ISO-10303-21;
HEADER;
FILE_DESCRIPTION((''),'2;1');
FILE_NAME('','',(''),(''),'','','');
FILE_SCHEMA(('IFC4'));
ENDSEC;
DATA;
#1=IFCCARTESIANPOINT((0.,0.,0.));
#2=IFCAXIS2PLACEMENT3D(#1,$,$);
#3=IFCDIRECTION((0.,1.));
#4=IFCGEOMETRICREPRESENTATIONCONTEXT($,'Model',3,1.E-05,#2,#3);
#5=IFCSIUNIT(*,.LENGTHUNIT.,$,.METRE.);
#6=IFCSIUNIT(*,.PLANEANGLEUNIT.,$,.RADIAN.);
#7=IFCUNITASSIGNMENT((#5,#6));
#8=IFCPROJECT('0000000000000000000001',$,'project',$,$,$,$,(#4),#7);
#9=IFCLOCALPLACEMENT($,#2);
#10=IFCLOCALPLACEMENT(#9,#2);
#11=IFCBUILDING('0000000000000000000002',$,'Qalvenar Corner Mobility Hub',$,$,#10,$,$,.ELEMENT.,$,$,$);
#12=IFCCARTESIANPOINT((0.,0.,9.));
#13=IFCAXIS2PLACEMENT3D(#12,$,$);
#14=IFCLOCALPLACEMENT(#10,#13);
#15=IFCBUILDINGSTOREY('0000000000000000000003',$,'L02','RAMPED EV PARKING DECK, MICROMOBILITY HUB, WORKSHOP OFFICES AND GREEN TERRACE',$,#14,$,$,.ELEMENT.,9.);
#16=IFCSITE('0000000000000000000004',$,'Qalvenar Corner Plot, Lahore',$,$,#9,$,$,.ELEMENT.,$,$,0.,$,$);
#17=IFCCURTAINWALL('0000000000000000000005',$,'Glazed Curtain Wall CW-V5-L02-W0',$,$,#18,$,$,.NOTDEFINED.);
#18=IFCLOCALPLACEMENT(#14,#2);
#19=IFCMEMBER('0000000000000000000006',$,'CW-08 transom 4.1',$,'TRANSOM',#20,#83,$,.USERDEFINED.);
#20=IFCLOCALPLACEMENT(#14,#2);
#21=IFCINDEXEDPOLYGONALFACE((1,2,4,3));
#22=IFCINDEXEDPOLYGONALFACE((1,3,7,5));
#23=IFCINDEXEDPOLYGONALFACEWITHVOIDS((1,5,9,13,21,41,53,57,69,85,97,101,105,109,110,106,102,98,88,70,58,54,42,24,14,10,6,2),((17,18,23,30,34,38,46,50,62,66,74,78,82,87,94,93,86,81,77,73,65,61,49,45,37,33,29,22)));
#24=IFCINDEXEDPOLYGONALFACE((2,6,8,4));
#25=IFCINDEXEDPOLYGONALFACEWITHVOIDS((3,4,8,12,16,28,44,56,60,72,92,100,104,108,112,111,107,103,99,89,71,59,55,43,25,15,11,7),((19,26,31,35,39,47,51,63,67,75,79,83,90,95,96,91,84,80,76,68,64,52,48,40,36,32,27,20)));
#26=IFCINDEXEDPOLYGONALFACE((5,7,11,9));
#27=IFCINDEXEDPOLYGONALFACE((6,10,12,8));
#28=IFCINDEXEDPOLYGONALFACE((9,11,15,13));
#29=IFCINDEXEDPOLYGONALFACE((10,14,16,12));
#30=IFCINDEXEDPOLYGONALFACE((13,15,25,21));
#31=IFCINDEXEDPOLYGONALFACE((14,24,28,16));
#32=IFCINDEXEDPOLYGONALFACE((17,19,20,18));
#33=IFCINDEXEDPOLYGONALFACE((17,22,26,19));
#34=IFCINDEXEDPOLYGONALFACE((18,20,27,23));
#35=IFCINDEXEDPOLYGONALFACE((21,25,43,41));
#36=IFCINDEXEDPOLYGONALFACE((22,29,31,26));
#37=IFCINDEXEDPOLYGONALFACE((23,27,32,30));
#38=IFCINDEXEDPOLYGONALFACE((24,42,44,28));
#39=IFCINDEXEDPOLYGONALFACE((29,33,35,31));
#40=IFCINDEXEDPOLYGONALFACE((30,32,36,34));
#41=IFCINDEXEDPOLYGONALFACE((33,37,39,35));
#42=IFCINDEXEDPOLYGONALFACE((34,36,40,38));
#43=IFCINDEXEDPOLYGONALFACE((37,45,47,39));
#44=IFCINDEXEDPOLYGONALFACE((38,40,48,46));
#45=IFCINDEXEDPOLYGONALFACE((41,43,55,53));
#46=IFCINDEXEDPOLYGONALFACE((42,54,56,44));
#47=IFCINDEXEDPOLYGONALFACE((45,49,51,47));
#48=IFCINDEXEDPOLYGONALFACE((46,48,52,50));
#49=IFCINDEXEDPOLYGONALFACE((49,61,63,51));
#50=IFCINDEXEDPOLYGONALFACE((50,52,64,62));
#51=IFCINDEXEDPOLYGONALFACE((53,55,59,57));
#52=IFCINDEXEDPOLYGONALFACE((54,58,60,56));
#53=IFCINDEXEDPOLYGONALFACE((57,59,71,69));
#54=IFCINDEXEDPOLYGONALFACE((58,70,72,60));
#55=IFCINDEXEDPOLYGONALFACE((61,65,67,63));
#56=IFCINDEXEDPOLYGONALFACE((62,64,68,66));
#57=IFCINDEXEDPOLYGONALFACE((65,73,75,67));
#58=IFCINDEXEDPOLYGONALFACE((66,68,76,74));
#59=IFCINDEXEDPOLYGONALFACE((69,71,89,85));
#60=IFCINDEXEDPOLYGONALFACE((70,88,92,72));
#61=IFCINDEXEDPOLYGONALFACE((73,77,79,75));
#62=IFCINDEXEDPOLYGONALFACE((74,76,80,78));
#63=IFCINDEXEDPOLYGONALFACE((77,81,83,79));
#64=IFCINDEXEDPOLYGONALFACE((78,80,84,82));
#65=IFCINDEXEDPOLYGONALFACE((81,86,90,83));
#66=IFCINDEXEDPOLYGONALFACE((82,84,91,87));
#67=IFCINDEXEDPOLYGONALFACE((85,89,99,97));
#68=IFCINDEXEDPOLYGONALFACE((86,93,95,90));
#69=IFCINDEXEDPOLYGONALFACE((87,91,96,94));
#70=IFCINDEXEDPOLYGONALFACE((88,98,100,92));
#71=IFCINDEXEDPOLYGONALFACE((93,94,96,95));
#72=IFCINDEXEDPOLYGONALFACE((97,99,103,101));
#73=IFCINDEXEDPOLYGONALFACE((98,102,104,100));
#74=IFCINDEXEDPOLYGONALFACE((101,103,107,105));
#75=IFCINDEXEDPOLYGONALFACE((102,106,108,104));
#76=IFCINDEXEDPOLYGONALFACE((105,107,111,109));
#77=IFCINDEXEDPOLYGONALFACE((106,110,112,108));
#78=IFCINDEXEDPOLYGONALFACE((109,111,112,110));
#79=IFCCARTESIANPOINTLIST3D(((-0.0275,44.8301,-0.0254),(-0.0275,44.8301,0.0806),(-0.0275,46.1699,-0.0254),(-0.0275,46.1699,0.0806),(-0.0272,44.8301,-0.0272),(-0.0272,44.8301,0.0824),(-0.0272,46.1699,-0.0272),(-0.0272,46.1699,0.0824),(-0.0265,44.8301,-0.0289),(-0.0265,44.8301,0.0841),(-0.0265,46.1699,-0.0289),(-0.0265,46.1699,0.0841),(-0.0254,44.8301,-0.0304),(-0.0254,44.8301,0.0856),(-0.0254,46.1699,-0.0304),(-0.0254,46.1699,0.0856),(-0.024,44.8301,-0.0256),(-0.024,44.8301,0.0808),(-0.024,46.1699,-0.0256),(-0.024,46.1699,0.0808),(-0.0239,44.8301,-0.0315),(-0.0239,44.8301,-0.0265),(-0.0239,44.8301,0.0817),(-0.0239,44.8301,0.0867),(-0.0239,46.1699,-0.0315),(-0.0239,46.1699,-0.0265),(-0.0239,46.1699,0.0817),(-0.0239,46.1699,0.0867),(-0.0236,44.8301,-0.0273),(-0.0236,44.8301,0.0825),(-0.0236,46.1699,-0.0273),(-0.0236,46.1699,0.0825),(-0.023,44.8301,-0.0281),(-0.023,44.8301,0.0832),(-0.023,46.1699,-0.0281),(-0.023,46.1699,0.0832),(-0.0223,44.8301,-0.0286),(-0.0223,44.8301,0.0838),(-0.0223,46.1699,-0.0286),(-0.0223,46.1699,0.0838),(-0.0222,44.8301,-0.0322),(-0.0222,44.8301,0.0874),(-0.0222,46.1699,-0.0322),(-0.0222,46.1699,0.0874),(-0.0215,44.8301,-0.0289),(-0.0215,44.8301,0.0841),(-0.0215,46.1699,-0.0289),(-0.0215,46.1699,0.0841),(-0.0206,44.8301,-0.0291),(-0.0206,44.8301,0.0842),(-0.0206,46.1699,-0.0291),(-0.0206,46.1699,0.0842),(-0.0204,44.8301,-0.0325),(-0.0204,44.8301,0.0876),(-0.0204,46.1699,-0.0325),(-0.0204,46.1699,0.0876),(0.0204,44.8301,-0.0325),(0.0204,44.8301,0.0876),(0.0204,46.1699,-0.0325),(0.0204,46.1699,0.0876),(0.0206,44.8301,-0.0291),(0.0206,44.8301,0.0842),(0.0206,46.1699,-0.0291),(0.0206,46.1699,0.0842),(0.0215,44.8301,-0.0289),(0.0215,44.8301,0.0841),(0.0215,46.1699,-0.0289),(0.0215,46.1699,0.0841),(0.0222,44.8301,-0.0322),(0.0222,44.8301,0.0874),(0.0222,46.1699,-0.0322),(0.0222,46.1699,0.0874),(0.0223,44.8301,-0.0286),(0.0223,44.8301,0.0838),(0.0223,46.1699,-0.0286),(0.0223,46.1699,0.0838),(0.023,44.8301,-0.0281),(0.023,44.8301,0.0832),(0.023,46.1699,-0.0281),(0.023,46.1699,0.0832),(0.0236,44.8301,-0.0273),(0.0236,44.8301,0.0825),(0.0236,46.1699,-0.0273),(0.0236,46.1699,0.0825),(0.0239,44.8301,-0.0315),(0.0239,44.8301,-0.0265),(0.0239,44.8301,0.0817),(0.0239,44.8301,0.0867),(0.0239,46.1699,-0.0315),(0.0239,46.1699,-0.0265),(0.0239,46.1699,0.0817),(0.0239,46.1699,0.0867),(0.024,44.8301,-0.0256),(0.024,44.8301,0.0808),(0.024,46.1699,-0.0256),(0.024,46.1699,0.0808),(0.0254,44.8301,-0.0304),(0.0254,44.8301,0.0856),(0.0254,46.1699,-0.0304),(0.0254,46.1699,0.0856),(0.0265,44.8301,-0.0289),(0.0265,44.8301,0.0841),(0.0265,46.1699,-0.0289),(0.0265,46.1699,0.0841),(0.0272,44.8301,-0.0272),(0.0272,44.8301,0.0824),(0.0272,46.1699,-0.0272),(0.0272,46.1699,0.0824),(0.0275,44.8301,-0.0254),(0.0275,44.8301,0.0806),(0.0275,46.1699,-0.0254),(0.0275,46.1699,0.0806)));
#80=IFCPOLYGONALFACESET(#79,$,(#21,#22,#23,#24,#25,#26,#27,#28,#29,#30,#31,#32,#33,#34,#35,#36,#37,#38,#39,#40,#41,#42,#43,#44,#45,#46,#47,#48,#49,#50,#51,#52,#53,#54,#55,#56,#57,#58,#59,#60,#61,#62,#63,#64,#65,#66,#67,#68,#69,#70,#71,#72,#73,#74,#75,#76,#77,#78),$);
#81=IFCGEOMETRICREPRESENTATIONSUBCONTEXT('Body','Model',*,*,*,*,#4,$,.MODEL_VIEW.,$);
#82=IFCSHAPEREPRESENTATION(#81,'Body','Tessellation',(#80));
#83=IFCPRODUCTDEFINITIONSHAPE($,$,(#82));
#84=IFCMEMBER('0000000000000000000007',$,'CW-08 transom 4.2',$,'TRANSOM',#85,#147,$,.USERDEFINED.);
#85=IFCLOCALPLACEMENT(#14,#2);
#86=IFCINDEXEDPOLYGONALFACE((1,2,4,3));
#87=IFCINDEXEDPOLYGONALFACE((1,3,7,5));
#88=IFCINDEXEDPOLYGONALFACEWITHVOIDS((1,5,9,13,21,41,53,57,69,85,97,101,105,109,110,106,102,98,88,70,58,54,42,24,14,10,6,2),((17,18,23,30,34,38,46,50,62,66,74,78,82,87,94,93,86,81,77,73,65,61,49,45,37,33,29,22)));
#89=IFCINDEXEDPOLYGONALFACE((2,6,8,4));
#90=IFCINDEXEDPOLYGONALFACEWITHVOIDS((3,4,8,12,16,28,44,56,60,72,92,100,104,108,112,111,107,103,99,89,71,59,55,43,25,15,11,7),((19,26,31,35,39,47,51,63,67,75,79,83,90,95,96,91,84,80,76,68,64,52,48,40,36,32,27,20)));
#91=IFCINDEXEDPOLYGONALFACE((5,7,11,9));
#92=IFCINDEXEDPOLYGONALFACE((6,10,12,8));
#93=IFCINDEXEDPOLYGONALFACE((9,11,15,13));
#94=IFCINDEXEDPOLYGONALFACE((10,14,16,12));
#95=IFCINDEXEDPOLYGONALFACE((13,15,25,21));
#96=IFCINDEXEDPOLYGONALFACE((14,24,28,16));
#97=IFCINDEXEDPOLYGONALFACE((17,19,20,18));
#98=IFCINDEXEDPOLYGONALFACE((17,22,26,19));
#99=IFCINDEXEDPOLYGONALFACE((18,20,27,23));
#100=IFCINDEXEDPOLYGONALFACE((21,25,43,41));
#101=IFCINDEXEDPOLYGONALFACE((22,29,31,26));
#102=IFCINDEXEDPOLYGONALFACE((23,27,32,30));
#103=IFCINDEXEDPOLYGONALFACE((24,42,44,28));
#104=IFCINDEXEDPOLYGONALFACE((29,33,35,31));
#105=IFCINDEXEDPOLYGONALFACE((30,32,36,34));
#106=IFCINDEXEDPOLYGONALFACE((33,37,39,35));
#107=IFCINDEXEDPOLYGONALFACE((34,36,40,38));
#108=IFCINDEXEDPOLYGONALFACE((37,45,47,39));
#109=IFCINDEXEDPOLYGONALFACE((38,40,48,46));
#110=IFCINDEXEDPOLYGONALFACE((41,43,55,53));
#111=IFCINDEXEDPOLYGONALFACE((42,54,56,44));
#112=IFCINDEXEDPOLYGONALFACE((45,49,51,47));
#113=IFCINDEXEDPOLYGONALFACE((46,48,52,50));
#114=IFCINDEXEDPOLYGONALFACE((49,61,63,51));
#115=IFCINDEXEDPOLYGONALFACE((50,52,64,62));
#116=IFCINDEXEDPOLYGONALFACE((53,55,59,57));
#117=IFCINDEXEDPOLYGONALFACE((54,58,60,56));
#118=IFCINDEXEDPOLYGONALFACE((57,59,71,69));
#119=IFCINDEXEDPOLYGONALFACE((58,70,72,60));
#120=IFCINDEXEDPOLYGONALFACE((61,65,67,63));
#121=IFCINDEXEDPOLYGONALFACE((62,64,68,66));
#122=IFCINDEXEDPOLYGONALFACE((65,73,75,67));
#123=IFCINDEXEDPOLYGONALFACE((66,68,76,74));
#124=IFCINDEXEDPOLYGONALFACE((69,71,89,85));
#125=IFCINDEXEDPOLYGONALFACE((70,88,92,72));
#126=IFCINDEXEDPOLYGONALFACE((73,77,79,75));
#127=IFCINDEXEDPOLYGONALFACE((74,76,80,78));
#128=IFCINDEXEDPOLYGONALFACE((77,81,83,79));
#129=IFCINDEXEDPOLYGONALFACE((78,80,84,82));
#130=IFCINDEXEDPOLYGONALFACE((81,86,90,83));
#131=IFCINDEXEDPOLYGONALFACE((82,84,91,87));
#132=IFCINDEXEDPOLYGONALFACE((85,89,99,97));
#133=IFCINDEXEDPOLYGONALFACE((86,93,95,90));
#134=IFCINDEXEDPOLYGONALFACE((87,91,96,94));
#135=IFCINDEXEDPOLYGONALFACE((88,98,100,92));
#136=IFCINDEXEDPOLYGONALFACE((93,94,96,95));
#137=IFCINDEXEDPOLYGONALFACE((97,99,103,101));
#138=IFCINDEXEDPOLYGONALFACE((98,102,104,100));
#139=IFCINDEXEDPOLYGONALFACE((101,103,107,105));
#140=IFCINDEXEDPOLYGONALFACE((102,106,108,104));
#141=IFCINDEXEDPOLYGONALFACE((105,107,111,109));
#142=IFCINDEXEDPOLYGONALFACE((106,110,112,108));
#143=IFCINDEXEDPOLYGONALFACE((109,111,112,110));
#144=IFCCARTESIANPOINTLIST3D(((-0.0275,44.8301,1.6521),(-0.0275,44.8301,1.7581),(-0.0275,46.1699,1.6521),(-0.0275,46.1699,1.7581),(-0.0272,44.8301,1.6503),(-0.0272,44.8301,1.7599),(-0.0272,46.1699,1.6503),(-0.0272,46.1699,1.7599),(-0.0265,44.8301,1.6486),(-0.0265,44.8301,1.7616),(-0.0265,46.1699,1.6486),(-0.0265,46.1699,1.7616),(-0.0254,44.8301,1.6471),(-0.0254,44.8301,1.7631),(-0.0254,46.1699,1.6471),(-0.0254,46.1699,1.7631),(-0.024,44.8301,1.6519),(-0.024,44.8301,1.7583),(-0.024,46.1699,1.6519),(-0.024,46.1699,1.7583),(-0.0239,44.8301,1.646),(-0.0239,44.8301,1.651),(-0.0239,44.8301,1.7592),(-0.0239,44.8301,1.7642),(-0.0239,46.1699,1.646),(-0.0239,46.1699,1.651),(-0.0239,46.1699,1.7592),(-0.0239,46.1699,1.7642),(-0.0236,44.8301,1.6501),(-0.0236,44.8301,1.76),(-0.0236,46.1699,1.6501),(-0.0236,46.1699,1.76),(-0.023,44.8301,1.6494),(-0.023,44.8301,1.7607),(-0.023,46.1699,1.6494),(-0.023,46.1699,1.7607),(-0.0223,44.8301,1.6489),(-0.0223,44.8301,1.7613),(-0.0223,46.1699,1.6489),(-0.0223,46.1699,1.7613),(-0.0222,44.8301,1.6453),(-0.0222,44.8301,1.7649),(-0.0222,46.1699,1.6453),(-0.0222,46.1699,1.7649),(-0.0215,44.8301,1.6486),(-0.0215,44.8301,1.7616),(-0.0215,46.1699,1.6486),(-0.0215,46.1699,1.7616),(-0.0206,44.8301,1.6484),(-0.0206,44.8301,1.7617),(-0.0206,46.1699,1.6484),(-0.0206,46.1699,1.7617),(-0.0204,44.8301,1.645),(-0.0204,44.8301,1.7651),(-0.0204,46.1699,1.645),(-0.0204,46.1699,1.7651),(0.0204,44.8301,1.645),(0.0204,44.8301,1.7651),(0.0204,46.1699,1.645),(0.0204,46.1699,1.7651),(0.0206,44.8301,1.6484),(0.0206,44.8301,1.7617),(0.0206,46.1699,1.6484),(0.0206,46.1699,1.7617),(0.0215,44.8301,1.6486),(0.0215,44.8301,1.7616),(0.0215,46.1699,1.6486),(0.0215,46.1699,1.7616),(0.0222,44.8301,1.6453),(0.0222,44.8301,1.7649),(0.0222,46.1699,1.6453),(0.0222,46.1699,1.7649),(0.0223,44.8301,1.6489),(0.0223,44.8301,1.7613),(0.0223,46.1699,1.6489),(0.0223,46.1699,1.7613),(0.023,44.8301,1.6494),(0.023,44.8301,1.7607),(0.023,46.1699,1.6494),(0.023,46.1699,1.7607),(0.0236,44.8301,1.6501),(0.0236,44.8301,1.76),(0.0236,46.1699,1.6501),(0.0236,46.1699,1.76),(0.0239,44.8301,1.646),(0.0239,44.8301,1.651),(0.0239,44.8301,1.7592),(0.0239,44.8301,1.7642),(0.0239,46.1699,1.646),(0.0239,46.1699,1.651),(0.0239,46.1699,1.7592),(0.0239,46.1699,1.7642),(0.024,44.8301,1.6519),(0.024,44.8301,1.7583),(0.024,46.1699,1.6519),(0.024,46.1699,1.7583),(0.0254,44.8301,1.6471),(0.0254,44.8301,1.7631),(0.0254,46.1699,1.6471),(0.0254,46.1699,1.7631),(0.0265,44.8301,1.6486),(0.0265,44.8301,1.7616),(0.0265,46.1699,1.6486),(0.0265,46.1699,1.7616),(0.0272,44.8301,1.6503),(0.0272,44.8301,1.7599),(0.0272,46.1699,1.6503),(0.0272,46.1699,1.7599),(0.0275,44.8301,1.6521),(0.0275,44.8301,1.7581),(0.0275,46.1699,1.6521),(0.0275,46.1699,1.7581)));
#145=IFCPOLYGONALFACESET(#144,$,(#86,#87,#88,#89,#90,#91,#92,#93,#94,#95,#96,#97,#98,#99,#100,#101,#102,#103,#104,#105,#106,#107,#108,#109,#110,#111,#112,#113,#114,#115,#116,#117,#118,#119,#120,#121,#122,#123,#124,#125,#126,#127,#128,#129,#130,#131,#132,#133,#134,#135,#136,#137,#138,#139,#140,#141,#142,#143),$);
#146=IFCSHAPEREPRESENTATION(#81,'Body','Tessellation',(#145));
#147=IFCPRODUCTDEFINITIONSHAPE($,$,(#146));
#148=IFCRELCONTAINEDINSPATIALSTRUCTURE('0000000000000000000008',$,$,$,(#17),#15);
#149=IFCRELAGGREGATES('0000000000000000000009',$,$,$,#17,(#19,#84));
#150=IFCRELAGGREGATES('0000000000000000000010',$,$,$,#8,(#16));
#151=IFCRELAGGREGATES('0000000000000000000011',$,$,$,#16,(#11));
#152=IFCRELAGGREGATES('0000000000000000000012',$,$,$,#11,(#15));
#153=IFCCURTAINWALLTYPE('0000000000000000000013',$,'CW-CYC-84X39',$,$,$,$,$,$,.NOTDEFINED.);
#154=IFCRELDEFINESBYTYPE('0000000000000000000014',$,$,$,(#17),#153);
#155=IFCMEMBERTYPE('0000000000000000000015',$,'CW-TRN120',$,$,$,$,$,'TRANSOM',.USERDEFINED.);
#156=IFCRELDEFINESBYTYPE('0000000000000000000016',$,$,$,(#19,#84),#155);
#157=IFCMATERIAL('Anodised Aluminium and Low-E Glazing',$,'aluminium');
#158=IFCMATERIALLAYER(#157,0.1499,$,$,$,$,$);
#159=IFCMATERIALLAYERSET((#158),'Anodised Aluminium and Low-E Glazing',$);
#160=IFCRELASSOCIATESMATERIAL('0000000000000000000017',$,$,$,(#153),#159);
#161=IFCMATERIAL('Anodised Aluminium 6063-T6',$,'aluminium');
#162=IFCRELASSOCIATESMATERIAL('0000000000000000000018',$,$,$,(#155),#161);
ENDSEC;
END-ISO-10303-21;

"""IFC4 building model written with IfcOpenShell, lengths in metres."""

from ifc_helpers import new_model, si_unit, direction, frame, origin, origin_2d, place, context, subcontext, project, spatial, hollow_rectangle, extrude, material, layer, layer_set, material_profile, profile_set, type_object, element, aggregate, save


model = new_model("IFC4")

# Units and contexts
model_context = context("Model", 3, precision=1e-05, world=origin(), true_north=direction((0.0, 1.0)))
body_context = subcontext(model_context, "Body", "Model", "MODEL_VIEW")
ifc_project = project(units=[si_unit("LENGTHUNIT", "METRE"), si_unit("PLANEANGLEUNIT", "RADIAN")], contexts=[model_context])

# Site, building, storey
site_placement = place(None, origin())
site = spatial("IfcSite", under=ifc_project, at=site_placement, Name="Qalvenar Corner Plot, Lahore", CompositionType="ELEMENT", RefElevation=0.0)
building_placement = place(site_placement, origin())
building = spatial("IfcBuilding", under=site, at=building_placement, Name="Qalvenar Corner Mobility Hub", CompositionType="ELEMENT")
storey_placement = place(building_placement, frame((0.0, 0.0, 9.0)))
storey = spatial("IfcBuildingStorey", under=building, at=storey_placement, Name="L02", Description="RAMPED EV PARKING DECK, MICROMOBILITY HUB, WORKSHOP OFFICES AND GREEN TERRACE", CompositionType="ELEMENT", Elevation=9.0)

# Curtain wall, members
ifc_material_1 = material(Name="Anodised Aluminium and Low-E Glazing", Category="aluminium")
ifc_layer_1 = layer(ifc_material_1, 0.1499)
ifc_layer_set_1 = layer_set([ifc_layer_1], Name="Anodised Aluminium and Low-E Glazing")
curtain_wall_type = type_object("IfcCurtainWallType", Name="CW-CYC-84X39", PredefinedType="NOTDEFINED", material=ifc_layer_set_1)
curtain_wall_placement = place(storey_placement, origin())
curtain_wall = element("IfcCurtainWall", 1, at=curtain_wall_placement, inside=storey, type_object=curtain_wall_type, Name="Glazed Curtain Wall CW-V5-L02-W0", PredefinedType="NOTDEFINED")
ifc_material_2 = material(Name="Anodised Aluminium 6063-T6", Category="aluminium")
ifc_material_profile_1 = material_profile(ifc_material_2, hollow_rectangle(XDim=0.0549, YDim=0.1201, WallThickness=0.0034, InnerFilletRadius=0.0034, OuterFilletRadius=0.0071, at=origin_2d()), Name="RHS120x55x3.5")
ifc_profile_set_1 = profile_set([ifc_material_profile_1], Name="Anodised Aluminium 6063-T6")
member_type_1 = type_object("IfcMemberType", Name="CW-TRN120", ElementType="TRANSOM", PredefinedType="USERDEFINED", material=ifc_profile_set_1)
member_1_placement = place(storey_placement, frame((0.0, 46.1699, 0.0276), z_axis=(0.0, -1.0, 0.0), x_axis=(1.0, 0.0, 0.0)))
member_1 = element("IfcMember", 2, at=member_1_placement, type_object=member_type_1, Name="CW-08 transom 4.1", ObjectType="TRANSOM", PredefinedType="USERDEFINED", context=body_context, shape_type="SweptSolid", body=[
    extrude(hollow_rectangle(XDim=0.0549, YDim=0.1201, WallThickness=0.0034, InnerFilletRadius=0.0034, OuterFilletRadius=0.0071, at=origin_2d()), origin(), (0.0, 0.0, 1.0), 1.3398),
])
member_2_placement = place(storey_placement, frame((0.0, 46.1699, 1.7051), z_axis=(0.0, -1.0, 0.0), x_axis=(1.0, 0.0, 0.0)))
member_2 = element("IfcMember", 3, at=member_2_placement, type_object=member_type_1, Name="CW-08 transom 4.2", ObjectType="TRANSOM", PredefinedType="USERDEFINED", context=body_context, shape_type="SweptSolid", body=[
    extrude(hollow_rectangle(XDim=0.0549, YDim=0.1201, WallThickness=0.0034, InnerFilletRadius=0.0034, OuterFilletRadius=0.0071, at=origin_2d()), origin(), (0.0, 0.0, 1.0), 1.3398),
])
aggregate(curtain_wall, [member_1, member_2])

save(model, "model.ifc")
